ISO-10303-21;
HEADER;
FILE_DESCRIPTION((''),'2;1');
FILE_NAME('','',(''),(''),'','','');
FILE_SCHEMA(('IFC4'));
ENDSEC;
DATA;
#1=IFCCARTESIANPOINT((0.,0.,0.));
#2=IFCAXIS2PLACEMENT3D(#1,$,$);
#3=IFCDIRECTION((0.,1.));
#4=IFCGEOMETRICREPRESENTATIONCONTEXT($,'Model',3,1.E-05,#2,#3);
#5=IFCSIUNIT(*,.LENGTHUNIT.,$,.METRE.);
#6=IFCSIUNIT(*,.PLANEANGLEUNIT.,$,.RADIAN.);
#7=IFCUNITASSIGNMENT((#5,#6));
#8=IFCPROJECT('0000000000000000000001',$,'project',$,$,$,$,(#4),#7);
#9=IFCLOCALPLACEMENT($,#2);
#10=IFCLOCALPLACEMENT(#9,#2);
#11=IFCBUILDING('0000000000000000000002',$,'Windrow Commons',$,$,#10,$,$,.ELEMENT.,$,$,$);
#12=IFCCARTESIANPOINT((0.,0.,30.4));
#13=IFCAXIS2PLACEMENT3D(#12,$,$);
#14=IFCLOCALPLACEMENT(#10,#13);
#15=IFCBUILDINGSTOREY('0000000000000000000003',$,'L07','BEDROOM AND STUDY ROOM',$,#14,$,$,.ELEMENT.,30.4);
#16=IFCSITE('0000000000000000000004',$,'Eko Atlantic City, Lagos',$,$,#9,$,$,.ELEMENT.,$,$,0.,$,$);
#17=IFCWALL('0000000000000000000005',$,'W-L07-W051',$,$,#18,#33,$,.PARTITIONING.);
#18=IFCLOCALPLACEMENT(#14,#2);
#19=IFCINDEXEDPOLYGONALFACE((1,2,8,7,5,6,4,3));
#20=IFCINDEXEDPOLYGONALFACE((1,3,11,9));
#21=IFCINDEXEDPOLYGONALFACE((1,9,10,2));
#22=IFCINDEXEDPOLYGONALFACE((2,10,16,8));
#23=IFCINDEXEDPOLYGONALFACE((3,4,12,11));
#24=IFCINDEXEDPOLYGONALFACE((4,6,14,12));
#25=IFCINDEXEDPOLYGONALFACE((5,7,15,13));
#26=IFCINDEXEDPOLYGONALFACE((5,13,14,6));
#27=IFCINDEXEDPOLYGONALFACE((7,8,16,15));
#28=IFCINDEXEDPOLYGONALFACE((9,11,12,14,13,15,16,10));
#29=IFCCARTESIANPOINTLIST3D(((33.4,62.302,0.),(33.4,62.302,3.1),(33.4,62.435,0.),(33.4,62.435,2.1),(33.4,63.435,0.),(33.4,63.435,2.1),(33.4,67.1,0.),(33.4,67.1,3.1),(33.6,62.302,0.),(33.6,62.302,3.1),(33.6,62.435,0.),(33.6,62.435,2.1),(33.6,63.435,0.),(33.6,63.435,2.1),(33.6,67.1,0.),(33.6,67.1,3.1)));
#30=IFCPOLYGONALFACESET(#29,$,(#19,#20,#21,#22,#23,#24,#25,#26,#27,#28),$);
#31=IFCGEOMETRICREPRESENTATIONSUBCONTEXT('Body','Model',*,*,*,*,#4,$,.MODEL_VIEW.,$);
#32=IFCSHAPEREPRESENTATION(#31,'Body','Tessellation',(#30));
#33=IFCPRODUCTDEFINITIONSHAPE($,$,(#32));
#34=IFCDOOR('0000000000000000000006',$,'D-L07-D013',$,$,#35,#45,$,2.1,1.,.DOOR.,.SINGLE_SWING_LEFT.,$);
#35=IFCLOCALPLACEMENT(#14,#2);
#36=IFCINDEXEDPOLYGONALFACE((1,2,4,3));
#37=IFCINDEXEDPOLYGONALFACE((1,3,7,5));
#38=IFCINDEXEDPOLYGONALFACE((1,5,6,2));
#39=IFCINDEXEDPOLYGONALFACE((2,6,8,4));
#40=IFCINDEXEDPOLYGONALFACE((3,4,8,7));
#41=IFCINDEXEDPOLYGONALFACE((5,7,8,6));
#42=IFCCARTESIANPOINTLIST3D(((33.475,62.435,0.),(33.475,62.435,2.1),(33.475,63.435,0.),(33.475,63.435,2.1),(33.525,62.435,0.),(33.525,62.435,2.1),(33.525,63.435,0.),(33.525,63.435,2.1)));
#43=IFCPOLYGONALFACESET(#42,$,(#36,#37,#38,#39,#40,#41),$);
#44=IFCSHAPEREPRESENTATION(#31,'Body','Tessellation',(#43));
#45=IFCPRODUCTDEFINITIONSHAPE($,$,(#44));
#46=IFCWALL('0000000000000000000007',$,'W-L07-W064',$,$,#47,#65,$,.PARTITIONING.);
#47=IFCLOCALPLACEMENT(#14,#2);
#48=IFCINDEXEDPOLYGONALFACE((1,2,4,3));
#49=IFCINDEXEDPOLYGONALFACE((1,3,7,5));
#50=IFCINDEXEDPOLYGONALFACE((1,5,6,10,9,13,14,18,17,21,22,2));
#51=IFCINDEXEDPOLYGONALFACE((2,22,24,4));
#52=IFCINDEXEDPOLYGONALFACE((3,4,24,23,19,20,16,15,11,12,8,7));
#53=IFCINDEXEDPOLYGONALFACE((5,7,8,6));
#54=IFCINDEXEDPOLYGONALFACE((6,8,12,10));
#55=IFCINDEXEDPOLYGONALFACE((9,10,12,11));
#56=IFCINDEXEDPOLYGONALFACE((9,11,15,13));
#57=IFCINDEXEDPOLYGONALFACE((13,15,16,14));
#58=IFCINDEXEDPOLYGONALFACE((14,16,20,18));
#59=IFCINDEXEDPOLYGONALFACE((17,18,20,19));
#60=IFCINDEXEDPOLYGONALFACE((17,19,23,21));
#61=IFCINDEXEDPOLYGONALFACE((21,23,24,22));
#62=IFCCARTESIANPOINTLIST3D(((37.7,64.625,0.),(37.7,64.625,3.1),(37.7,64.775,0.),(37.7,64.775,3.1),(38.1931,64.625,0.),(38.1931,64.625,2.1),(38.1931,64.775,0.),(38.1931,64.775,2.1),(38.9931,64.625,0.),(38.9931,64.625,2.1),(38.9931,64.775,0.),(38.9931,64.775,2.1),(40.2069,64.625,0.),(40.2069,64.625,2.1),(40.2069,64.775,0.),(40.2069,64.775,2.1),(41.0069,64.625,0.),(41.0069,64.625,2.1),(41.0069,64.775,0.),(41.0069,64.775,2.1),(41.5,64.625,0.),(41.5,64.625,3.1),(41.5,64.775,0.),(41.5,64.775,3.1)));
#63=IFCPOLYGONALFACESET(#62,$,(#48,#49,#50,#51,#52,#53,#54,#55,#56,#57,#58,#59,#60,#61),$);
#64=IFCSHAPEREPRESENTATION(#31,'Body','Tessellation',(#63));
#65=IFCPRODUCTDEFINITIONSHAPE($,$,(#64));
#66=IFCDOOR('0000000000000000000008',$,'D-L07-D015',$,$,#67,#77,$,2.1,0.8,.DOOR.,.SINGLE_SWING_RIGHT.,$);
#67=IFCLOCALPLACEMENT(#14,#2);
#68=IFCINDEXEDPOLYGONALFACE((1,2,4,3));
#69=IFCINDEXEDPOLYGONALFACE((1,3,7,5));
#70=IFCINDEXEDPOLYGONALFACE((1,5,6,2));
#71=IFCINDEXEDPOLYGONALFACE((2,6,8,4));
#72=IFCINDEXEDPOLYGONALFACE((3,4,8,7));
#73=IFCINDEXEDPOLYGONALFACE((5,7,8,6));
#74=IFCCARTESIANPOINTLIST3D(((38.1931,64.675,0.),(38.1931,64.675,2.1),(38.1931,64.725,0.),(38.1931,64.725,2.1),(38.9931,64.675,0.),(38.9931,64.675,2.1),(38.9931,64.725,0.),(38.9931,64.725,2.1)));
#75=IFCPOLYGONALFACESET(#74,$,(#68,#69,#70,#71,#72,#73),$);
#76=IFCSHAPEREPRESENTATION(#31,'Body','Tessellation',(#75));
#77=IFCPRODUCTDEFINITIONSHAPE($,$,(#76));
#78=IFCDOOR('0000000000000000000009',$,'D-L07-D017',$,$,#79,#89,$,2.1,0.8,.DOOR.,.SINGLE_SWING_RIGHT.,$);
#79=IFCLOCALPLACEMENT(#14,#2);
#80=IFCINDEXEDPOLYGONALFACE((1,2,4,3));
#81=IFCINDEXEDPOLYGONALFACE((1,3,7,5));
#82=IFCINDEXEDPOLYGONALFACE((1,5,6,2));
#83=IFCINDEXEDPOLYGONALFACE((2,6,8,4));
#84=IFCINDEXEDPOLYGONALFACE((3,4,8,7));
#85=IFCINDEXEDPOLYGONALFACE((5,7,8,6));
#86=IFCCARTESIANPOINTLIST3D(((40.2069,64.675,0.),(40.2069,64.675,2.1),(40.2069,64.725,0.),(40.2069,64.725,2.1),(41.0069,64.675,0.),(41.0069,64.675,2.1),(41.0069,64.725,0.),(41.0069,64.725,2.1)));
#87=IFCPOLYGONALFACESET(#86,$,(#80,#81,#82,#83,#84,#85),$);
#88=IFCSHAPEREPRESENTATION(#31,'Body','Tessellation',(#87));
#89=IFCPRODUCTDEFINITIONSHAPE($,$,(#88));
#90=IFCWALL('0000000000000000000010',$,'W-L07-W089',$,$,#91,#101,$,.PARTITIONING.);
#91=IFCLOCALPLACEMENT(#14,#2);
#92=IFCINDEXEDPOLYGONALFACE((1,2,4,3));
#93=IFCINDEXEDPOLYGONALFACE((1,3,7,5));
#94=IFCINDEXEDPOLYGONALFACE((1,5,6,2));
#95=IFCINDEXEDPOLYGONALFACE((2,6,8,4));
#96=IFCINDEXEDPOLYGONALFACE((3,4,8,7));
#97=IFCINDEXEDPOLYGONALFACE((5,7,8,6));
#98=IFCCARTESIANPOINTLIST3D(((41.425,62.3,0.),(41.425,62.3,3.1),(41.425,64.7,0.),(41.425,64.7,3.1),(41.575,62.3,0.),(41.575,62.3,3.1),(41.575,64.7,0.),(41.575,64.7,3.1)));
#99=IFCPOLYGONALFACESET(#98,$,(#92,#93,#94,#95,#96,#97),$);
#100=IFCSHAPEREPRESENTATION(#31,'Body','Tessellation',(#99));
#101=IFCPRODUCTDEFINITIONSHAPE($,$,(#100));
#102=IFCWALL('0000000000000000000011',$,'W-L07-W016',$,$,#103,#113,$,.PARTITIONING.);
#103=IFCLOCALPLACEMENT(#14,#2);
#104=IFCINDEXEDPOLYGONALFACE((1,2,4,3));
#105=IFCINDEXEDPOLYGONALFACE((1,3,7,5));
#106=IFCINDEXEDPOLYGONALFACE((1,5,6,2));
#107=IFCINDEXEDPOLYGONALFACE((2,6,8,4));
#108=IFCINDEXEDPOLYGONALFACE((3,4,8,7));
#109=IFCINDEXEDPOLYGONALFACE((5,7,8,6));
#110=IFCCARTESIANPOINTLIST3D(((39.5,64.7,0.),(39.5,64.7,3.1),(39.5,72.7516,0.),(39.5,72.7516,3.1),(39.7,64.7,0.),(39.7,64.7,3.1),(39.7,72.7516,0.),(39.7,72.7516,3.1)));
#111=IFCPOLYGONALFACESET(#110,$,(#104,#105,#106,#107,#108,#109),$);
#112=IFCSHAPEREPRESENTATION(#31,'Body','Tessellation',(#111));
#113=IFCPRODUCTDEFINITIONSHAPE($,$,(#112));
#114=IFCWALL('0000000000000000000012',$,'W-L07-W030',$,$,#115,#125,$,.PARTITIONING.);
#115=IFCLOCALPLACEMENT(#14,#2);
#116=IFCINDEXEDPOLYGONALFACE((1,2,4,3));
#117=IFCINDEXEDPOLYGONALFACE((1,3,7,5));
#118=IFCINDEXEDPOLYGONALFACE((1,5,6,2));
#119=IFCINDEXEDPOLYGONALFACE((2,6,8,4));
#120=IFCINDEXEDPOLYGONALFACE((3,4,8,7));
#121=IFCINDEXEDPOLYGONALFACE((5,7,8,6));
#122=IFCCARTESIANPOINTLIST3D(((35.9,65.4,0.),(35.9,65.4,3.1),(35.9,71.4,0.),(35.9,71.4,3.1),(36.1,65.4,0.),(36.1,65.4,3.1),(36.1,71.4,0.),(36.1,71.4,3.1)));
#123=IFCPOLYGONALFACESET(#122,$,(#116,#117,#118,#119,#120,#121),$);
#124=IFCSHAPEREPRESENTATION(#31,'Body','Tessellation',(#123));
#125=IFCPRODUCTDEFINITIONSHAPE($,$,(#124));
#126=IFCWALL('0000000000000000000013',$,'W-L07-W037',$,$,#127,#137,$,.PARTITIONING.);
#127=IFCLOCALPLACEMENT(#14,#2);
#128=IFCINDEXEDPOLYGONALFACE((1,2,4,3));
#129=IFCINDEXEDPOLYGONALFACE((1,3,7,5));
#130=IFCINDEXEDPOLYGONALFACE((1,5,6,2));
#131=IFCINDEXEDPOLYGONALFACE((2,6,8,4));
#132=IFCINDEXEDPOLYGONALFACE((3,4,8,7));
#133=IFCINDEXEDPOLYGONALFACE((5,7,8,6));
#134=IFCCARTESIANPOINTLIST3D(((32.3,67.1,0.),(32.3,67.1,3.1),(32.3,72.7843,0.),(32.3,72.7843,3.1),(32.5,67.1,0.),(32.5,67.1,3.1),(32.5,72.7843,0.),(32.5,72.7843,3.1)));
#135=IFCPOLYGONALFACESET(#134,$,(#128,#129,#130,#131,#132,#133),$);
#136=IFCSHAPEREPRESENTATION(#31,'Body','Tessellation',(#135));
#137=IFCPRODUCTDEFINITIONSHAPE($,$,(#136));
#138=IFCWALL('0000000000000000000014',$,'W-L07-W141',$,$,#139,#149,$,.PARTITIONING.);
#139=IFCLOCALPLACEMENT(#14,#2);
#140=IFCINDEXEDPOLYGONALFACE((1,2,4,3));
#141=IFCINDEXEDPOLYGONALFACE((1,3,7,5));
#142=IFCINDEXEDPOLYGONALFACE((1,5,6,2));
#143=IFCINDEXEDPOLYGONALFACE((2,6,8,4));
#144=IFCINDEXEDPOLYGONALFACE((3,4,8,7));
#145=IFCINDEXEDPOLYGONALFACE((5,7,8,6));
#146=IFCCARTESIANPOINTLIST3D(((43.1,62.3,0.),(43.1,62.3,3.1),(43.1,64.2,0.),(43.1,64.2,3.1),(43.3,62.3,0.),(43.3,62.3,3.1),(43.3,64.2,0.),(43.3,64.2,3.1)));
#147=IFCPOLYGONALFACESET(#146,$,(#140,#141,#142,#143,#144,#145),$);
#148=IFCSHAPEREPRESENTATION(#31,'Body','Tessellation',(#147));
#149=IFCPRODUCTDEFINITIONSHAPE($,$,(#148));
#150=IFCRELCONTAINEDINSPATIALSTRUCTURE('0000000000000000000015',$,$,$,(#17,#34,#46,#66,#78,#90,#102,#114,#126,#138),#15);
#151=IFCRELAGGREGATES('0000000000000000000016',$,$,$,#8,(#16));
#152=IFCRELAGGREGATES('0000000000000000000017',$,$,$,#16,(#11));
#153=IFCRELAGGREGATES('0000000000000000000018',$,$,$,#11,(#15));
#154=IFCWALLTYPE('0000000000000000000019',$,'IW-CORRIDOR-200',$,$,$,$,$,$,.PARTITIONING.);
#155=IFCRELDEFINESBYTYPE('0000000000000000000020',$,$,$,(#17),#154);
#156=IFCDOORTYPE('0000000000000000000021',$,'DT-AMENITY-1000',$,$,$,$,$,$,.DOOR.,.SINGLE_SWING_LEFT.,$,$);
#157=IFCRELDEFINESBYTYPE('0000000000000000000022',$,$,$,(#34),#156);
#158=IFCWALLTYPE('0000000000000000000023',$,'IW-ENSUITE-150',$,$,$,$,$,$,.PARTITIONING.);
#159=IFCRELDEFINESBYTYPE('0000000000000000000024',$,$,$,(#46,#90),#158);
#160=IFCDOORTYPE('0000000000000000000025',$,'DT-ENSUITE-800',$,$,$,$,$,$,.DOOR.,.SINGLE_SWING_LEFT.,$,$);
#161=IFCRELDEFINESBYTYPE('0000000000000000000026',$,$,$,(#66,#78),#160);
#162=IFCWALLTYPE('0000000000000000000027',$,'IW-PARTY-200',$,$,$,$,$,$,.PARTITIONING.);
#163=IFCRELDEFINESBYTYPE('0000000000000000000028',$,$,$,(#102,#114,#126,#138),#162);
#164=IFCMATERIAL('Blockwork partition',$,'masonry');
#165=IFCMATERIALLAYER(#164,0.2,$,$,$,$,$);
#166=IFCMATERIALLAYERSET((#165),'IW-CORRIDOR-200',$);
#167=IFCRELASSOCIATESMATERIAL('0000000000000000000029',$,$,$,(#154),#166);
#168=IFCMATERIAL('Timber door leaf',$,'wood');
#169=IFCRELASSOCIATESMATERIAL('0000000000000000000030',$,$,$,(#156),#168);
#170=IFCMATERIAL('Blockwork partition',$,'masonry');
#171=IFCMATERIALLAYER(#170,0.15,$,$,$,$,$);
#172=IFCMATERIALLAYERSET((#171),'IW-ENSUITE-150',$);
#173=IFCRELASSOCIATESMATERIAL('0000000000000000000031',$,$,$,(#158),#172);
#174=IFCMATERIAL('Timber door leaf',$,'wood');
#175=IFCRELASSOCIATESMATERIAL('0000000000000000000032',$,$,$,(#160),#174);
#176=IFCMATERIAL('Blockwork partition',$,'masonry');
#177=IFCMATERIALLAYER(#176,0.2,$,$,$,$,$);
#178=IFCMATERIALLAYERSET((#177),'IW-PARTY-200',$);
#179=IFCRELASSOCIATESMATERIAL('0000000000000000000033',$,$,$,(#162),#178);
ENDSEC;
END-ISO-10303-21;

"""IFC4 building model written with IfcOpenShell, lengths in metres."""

from ifc_helpers import new_model, si_unit, direction, frame, frame_2d, origin, place, context, subcontext, project, spatial, rectangle, extrude, material, layer, layer_set, type_object, element, fill, save


model = new_model("IFC4")

# Units and contexts
model_context = context("Model", 3, precision=1e-05, world=origin(), true_north=direction((0.0, 1.0)))
body_context = subcontext(model_context, "Body", "Model", "MODEL_VIEW")
ifc_project = project(units=[si_unit("LENGTHUNIT", "METRE"), si_unit("PLANEANGLEUNIT", "RADIAN")], contexts=[model_context])

# Site, building, storey
site_placement = place(None, origin())
site = spatial("IfcSite", under=ifc_project, at=site_placement, Name="Eko Atlantic City, Lagos", CompositionType="ELEMENT", RefElevation=0.0)
building_placement = place(site_placement, origin())
building = spatial("IfcBuilding", under=site, at=building_placement, Name="Windrow Commons", CompositionType="ELEMENT")
storey_placement = place(building_placement, frame((0.0, 0.0, 30.4)))
storey = spatial("IfcBuildingStorey", under=building, at=storey_placement, Name="L07", Description="BEDROOM AND STUDY ROOM", CompositionType="ELEMENT", Elevation=30.4)

# Wall, opening, door
ifc_material_1 = material(Name="Blockwork partition", Category="masonry")
ifc_layer_1 = layer(ifc_material_1, 0.2)
ifc_layer_set_1 = layer_set([ifc_layer_1], Name="IW-CORRIDOR-200")
wall_type_1 = type_object("IfcWallType", Name="IW-CORRIDOR-200", PredefinedType="PARTITIONING", material=ifc_layer_set_1)
wall_1_placement = place(storey_placement, frame((33.5, 62.302, 0.0), z_axis=(0.0, 0.0, 1.0), x_axis=(0.0, 1.0, 0.0)))
wall_1 = element("IfcWall", 1, at=wall_1_placement, inside=storey, type_object=wall_type_1, Name="W-L07-W051", PredefinedType="PARTITIONING", context=body_context, shape_type="SweptSolid", body=[
    extrude(rectangle(XDim=4.798, YDim=0.2, at=frame_2d((2.399, 0.0))), origin(), (0.0, 0.0, 1.0), 3.1),
])
opening_1_placement = place(wall_1_placement, frame((0.133, 0.0, 0.0)))
opening_1 = element("IfcOpeningElement", 2, at=opening_1_placement, cuts=wall_1, PredefinedType="OPENING", context=body_context, shape_type="SweptSolid", body=[
    extrude(rectangle(XDim=1.0, YDim=2.1, at=frame_2d((0.5, 1.05))), frame((0.0, 0.11, 0.0), z_axis=(0.0, -1.0, 0.0), x_axis=(1.0, 0.0, 0.0)), (0.0, 0.0, 1.0), 0.22),
])
ifc_material_2 = material(Name="Timber door leaf", Category="wood")
door_type_1 = type_object("IfcDoorType", Name="DT-AMENITY-1000", OperationType="SINGLE_SWING_LEFT", PredefinedType="DOOR", material=ifc_material_2)
door_1_placement = place(opening_1_placement, origin())
door_1 = element("IfcDoor", 3, at=door_1_placement, inside=storey, type_object=door_type_1, Name="D-L07-D013", OperationType="SINGLE_SWING_LEFT", OverallHeight=2.1, OverallWidth=1.0, PredefinedType="DOOR", context=body_context, shape_type="SweptSolid", body=[
    extrude(rectangle(XDim=1.0, YDim=2.1, at=frame_2d((0.5, 1.05))), frame((0.0, 0.025, 0.0), z_axis=(0.0, -1.0, 0.0), x_axis=(1.0, 0.0, 0.0)), (0.0, 0.0, 1.0), 0.05),
])
fill(opening_1, door_1)

# Wall, openings, doors
ifc_material_3 = material(Name="Blockwork partition", Category="masonry")
ifc_layer_2 = layer(ifc_material_3, 0.15)
ifc_layer_set_2 = layer_set([ifc_layer_2], Name="IW-ENSUITE-150")
wall_type_2 = type_object("IfcWallType", Name="IW-ENSUITE-150", PredefinedType="PARTITIONING", material=ifc_layer_set_2)
wall_2_placement = place(storey_placement, frame((37.7, 64.7, 0.0), z_axis=(0.0, 0.0, 1.0), x_axis=(1.0, 0.0, 0.0)))
wall_2 = element("IfcWall", 4, at=wall_2_placement, inside=storey, type_object=wall_type_2, Name="W-L07-W064", PredefinedType="PARTITIONING", context=body_context, shape_type="SweptSolid", body=[
    extrude(rectangle(XDim=3.8, YDim=0.15, at=frame_2d((1.9, 0.0))), origin(), (0.0, 0.0, 1.0), 3.1),
])
opening_2_placement = place(wall_2_placement, frame((0.4931, 0.0, 0.0)))
opening_2 = element("IfcOpeningElement", 5, at=opening_2_placement, cuts=wall_2, PredefinedType="OPENING", context=body_context, shape_type="SweptSolid", body=[
    extrude(rectangle(XDim=0.8, YDim=2.1, at=frame_2d((0.4, 1.05))), frame((0.0, 0.085, 0.0), z_axis=(0.0, -1.0, 0.0), x_axis=(1.0, 0.0, 0.0)), (0.0, 0.0, 1.0), 0.17),
])
opening_3_placement = place(wall_2_placement, frame((2.5069, 0.0, 0.0)))
opening_3 = element("IfcOpeningElement", 6, at=opening_3_placement, cuts=wall_2, PredefinedType="OPENING", context=body_context, shape_type="SweptSolid", body=[
    extrude(rectangle(XDim=0.8, YDim=2.1, at=frame_2d((0.4, 1.05))), frame((0.0, 0.085, 0.0), z_axis=(0.0, -1.0, 0.0), x_axis=(1.0, 0.0, 0.0)), (0.0, 0.0, 1.0), 0.17),
])
ifc_material_4 = material(Name="Timber door leaf", Category="wood")
door_type_2 = type_object("IfcDoorType", Name="DT-ENSUITE-800", OperationType="SINGLE_SWING_LEFT", PredefinedType="DOOR", material=ifc_material_4)
door_2_placement = place(opening_2_placement, origin())
door_2 = element("IfcDoor", 7, at=door_2_placement, inside=storey, type_object=door_type_2, Name="D-L07-D015", OperationType="SINGLE_SWING_RIGHT", OverallHeight=2.1, OverallWidth=0.8, PredefinedType="DOOR", context=body_context, shape_type="SweptSolid", body=[
    extrude(rectangle(XDim=0.8, YDim=2.1, at=frame_2d((0.4, 1.05))), frame((0.0, 0.025, 0.0), z_axis=(0.0, -1.0, 0.0), x_axis=(1.0, 0.0, 0.0)), (0.0, 0.0, 1.0), 0.05),
])
fill(opening_2, door_2)
door_3_placement = place(opening_3_placement, origin())
door_3 = element("IfcDoor", 8, at=door_3_placement, inside=storey, type_object=door_type_2, Name="D-L07-D017", OperationType="SINGLE_SWING_RIGHT", OverallHeight=2.1, OverallWidth=0.8, PredefinedType="DOOR", context=body_context, shape_type="SweptSolid", body=[
    extrude(rectangle(XDim=0.8, YDim=2.1, at=frame_2d((0.4, 1.05))), frame((0.0, 0.025, 0.0), z_axis=(0.0, -1.0, 0.0), x_axis=(1.0, 0.0, 0.0)), (0.0, 0.0, 1.0), 0.05),
])
fill(opening_3, door_3)

# Walls
wall_3_placement = place(storey_placement, frame((41.5, 62.3, 0.0), z_axis=(0.0, 0.0, 1.0), x_axis=(0.0, 1.0, 0.0)))
element("IfcWall", 9, at=wall_3_placement, inside=storey, type_object=wall_type_2, Name="W-L07-W089", PredefinedType="PARTITIONING", context=body_context, shape_type="SweptSolid", body=[
    extrude(rectangle(XDim=2.4, YDim=0.15, at=frame_2d((1.2, 0.0))), origin(), (0.0, 0.0, 1.0), 3.1),
])
ifc_material_5 = material(Name="Blockwork partition", Category="masonry")
ifc_layer_3 = layer(ifc_material_5, 0.2)
ifc_layer_set_3 = layer_set([ifc_layer_3], Name="IW-PARTY-200")
wall_type_3 = type_object("IfcWallType", Name="IW-PARTY-200", PredefinedType="PARTITIONING", material=ifc_layer_set_3)
wall_4_placement = place(storey_placement, frame((39.6, 64.7, 0.0), z_axis=(0.0, 0.0, 1.0), x_axis=(0.0, 1.0, 0.0)))
element("IfcWall", 10, at=wall_4_placement, inside=storey, type_object=wall_type_3, Name="W-L07-W016", PredefinedType="PARTITIONING", context=body_context, shape_type="SweptSolid", body=[
    extrude(rectangle(XDim=8.0515, YDim=0.2, at=frame_2d((4.0258, 0.0))), origin(), (0.0, 0.0, 1.0), 3.1),
])
wall_5_placement = place(storey_placement, frame((36.0, 65.4, 0.0), z_axis=(0.0, 0.0, 1.0), x_axis=(0.0, 1.0, 0.0)))
element("IfcWall", 11, at=wall_5_placement, inside=storey, type_object=wall_type_3, Name="W-L07-W030", PredefinedType="PARTITIONING", context=body_context, shape_type="SweptSolid", body=[
    extrude(rectangle(XDim=6.0, YDim=0.2, at=frame_2d((3.0, 0.0))), origin(), (0.0, 0.0, 1.0), 3.1),
])
wall_6_placement = place(storey_placement, frame((32.4, 67.1, 0.0), z_axis=(0.0, 0.0, 1.0), x_axis=(0.0, 1.0, 0.0)))
element("IfcWall", 12, at=wall_6_placement, inside=storey, type_object=wall_type_3, Name="W-L07-W037", PredefinedType="PARTITIONING", context=body_context, shape_type="SweptSolid", body=[
    extrude(rectangle(XDim=5.6843, YDim=0.2, at=frame_2d((2.8422, 0.0))), origin(), (0.0, 0.0, 1.0), 3.1),
])
wall_7_placement = place(storey_placement, frame((43.2, 62.3, 0.0), z_axis=(0.0, 0.0, 1.0), x_axis=(0.0, 1.0, 0.0)))
element("IfcWall", 13, at=wall_7_placement, inside=storey, type_object=wall_type_3, Name="W-L07-W141", PredefinedType="PARTITIONING", context=body_context, shape_type="SweptSolid", body=[
    extrude(rectangle(XDim=1.9, YDim=0.2, at=frame_2d((0.95, 0.0))), origin(), (0.0, 0.0, 1.0), 3.1),
])

save(model, "model.ifc")
